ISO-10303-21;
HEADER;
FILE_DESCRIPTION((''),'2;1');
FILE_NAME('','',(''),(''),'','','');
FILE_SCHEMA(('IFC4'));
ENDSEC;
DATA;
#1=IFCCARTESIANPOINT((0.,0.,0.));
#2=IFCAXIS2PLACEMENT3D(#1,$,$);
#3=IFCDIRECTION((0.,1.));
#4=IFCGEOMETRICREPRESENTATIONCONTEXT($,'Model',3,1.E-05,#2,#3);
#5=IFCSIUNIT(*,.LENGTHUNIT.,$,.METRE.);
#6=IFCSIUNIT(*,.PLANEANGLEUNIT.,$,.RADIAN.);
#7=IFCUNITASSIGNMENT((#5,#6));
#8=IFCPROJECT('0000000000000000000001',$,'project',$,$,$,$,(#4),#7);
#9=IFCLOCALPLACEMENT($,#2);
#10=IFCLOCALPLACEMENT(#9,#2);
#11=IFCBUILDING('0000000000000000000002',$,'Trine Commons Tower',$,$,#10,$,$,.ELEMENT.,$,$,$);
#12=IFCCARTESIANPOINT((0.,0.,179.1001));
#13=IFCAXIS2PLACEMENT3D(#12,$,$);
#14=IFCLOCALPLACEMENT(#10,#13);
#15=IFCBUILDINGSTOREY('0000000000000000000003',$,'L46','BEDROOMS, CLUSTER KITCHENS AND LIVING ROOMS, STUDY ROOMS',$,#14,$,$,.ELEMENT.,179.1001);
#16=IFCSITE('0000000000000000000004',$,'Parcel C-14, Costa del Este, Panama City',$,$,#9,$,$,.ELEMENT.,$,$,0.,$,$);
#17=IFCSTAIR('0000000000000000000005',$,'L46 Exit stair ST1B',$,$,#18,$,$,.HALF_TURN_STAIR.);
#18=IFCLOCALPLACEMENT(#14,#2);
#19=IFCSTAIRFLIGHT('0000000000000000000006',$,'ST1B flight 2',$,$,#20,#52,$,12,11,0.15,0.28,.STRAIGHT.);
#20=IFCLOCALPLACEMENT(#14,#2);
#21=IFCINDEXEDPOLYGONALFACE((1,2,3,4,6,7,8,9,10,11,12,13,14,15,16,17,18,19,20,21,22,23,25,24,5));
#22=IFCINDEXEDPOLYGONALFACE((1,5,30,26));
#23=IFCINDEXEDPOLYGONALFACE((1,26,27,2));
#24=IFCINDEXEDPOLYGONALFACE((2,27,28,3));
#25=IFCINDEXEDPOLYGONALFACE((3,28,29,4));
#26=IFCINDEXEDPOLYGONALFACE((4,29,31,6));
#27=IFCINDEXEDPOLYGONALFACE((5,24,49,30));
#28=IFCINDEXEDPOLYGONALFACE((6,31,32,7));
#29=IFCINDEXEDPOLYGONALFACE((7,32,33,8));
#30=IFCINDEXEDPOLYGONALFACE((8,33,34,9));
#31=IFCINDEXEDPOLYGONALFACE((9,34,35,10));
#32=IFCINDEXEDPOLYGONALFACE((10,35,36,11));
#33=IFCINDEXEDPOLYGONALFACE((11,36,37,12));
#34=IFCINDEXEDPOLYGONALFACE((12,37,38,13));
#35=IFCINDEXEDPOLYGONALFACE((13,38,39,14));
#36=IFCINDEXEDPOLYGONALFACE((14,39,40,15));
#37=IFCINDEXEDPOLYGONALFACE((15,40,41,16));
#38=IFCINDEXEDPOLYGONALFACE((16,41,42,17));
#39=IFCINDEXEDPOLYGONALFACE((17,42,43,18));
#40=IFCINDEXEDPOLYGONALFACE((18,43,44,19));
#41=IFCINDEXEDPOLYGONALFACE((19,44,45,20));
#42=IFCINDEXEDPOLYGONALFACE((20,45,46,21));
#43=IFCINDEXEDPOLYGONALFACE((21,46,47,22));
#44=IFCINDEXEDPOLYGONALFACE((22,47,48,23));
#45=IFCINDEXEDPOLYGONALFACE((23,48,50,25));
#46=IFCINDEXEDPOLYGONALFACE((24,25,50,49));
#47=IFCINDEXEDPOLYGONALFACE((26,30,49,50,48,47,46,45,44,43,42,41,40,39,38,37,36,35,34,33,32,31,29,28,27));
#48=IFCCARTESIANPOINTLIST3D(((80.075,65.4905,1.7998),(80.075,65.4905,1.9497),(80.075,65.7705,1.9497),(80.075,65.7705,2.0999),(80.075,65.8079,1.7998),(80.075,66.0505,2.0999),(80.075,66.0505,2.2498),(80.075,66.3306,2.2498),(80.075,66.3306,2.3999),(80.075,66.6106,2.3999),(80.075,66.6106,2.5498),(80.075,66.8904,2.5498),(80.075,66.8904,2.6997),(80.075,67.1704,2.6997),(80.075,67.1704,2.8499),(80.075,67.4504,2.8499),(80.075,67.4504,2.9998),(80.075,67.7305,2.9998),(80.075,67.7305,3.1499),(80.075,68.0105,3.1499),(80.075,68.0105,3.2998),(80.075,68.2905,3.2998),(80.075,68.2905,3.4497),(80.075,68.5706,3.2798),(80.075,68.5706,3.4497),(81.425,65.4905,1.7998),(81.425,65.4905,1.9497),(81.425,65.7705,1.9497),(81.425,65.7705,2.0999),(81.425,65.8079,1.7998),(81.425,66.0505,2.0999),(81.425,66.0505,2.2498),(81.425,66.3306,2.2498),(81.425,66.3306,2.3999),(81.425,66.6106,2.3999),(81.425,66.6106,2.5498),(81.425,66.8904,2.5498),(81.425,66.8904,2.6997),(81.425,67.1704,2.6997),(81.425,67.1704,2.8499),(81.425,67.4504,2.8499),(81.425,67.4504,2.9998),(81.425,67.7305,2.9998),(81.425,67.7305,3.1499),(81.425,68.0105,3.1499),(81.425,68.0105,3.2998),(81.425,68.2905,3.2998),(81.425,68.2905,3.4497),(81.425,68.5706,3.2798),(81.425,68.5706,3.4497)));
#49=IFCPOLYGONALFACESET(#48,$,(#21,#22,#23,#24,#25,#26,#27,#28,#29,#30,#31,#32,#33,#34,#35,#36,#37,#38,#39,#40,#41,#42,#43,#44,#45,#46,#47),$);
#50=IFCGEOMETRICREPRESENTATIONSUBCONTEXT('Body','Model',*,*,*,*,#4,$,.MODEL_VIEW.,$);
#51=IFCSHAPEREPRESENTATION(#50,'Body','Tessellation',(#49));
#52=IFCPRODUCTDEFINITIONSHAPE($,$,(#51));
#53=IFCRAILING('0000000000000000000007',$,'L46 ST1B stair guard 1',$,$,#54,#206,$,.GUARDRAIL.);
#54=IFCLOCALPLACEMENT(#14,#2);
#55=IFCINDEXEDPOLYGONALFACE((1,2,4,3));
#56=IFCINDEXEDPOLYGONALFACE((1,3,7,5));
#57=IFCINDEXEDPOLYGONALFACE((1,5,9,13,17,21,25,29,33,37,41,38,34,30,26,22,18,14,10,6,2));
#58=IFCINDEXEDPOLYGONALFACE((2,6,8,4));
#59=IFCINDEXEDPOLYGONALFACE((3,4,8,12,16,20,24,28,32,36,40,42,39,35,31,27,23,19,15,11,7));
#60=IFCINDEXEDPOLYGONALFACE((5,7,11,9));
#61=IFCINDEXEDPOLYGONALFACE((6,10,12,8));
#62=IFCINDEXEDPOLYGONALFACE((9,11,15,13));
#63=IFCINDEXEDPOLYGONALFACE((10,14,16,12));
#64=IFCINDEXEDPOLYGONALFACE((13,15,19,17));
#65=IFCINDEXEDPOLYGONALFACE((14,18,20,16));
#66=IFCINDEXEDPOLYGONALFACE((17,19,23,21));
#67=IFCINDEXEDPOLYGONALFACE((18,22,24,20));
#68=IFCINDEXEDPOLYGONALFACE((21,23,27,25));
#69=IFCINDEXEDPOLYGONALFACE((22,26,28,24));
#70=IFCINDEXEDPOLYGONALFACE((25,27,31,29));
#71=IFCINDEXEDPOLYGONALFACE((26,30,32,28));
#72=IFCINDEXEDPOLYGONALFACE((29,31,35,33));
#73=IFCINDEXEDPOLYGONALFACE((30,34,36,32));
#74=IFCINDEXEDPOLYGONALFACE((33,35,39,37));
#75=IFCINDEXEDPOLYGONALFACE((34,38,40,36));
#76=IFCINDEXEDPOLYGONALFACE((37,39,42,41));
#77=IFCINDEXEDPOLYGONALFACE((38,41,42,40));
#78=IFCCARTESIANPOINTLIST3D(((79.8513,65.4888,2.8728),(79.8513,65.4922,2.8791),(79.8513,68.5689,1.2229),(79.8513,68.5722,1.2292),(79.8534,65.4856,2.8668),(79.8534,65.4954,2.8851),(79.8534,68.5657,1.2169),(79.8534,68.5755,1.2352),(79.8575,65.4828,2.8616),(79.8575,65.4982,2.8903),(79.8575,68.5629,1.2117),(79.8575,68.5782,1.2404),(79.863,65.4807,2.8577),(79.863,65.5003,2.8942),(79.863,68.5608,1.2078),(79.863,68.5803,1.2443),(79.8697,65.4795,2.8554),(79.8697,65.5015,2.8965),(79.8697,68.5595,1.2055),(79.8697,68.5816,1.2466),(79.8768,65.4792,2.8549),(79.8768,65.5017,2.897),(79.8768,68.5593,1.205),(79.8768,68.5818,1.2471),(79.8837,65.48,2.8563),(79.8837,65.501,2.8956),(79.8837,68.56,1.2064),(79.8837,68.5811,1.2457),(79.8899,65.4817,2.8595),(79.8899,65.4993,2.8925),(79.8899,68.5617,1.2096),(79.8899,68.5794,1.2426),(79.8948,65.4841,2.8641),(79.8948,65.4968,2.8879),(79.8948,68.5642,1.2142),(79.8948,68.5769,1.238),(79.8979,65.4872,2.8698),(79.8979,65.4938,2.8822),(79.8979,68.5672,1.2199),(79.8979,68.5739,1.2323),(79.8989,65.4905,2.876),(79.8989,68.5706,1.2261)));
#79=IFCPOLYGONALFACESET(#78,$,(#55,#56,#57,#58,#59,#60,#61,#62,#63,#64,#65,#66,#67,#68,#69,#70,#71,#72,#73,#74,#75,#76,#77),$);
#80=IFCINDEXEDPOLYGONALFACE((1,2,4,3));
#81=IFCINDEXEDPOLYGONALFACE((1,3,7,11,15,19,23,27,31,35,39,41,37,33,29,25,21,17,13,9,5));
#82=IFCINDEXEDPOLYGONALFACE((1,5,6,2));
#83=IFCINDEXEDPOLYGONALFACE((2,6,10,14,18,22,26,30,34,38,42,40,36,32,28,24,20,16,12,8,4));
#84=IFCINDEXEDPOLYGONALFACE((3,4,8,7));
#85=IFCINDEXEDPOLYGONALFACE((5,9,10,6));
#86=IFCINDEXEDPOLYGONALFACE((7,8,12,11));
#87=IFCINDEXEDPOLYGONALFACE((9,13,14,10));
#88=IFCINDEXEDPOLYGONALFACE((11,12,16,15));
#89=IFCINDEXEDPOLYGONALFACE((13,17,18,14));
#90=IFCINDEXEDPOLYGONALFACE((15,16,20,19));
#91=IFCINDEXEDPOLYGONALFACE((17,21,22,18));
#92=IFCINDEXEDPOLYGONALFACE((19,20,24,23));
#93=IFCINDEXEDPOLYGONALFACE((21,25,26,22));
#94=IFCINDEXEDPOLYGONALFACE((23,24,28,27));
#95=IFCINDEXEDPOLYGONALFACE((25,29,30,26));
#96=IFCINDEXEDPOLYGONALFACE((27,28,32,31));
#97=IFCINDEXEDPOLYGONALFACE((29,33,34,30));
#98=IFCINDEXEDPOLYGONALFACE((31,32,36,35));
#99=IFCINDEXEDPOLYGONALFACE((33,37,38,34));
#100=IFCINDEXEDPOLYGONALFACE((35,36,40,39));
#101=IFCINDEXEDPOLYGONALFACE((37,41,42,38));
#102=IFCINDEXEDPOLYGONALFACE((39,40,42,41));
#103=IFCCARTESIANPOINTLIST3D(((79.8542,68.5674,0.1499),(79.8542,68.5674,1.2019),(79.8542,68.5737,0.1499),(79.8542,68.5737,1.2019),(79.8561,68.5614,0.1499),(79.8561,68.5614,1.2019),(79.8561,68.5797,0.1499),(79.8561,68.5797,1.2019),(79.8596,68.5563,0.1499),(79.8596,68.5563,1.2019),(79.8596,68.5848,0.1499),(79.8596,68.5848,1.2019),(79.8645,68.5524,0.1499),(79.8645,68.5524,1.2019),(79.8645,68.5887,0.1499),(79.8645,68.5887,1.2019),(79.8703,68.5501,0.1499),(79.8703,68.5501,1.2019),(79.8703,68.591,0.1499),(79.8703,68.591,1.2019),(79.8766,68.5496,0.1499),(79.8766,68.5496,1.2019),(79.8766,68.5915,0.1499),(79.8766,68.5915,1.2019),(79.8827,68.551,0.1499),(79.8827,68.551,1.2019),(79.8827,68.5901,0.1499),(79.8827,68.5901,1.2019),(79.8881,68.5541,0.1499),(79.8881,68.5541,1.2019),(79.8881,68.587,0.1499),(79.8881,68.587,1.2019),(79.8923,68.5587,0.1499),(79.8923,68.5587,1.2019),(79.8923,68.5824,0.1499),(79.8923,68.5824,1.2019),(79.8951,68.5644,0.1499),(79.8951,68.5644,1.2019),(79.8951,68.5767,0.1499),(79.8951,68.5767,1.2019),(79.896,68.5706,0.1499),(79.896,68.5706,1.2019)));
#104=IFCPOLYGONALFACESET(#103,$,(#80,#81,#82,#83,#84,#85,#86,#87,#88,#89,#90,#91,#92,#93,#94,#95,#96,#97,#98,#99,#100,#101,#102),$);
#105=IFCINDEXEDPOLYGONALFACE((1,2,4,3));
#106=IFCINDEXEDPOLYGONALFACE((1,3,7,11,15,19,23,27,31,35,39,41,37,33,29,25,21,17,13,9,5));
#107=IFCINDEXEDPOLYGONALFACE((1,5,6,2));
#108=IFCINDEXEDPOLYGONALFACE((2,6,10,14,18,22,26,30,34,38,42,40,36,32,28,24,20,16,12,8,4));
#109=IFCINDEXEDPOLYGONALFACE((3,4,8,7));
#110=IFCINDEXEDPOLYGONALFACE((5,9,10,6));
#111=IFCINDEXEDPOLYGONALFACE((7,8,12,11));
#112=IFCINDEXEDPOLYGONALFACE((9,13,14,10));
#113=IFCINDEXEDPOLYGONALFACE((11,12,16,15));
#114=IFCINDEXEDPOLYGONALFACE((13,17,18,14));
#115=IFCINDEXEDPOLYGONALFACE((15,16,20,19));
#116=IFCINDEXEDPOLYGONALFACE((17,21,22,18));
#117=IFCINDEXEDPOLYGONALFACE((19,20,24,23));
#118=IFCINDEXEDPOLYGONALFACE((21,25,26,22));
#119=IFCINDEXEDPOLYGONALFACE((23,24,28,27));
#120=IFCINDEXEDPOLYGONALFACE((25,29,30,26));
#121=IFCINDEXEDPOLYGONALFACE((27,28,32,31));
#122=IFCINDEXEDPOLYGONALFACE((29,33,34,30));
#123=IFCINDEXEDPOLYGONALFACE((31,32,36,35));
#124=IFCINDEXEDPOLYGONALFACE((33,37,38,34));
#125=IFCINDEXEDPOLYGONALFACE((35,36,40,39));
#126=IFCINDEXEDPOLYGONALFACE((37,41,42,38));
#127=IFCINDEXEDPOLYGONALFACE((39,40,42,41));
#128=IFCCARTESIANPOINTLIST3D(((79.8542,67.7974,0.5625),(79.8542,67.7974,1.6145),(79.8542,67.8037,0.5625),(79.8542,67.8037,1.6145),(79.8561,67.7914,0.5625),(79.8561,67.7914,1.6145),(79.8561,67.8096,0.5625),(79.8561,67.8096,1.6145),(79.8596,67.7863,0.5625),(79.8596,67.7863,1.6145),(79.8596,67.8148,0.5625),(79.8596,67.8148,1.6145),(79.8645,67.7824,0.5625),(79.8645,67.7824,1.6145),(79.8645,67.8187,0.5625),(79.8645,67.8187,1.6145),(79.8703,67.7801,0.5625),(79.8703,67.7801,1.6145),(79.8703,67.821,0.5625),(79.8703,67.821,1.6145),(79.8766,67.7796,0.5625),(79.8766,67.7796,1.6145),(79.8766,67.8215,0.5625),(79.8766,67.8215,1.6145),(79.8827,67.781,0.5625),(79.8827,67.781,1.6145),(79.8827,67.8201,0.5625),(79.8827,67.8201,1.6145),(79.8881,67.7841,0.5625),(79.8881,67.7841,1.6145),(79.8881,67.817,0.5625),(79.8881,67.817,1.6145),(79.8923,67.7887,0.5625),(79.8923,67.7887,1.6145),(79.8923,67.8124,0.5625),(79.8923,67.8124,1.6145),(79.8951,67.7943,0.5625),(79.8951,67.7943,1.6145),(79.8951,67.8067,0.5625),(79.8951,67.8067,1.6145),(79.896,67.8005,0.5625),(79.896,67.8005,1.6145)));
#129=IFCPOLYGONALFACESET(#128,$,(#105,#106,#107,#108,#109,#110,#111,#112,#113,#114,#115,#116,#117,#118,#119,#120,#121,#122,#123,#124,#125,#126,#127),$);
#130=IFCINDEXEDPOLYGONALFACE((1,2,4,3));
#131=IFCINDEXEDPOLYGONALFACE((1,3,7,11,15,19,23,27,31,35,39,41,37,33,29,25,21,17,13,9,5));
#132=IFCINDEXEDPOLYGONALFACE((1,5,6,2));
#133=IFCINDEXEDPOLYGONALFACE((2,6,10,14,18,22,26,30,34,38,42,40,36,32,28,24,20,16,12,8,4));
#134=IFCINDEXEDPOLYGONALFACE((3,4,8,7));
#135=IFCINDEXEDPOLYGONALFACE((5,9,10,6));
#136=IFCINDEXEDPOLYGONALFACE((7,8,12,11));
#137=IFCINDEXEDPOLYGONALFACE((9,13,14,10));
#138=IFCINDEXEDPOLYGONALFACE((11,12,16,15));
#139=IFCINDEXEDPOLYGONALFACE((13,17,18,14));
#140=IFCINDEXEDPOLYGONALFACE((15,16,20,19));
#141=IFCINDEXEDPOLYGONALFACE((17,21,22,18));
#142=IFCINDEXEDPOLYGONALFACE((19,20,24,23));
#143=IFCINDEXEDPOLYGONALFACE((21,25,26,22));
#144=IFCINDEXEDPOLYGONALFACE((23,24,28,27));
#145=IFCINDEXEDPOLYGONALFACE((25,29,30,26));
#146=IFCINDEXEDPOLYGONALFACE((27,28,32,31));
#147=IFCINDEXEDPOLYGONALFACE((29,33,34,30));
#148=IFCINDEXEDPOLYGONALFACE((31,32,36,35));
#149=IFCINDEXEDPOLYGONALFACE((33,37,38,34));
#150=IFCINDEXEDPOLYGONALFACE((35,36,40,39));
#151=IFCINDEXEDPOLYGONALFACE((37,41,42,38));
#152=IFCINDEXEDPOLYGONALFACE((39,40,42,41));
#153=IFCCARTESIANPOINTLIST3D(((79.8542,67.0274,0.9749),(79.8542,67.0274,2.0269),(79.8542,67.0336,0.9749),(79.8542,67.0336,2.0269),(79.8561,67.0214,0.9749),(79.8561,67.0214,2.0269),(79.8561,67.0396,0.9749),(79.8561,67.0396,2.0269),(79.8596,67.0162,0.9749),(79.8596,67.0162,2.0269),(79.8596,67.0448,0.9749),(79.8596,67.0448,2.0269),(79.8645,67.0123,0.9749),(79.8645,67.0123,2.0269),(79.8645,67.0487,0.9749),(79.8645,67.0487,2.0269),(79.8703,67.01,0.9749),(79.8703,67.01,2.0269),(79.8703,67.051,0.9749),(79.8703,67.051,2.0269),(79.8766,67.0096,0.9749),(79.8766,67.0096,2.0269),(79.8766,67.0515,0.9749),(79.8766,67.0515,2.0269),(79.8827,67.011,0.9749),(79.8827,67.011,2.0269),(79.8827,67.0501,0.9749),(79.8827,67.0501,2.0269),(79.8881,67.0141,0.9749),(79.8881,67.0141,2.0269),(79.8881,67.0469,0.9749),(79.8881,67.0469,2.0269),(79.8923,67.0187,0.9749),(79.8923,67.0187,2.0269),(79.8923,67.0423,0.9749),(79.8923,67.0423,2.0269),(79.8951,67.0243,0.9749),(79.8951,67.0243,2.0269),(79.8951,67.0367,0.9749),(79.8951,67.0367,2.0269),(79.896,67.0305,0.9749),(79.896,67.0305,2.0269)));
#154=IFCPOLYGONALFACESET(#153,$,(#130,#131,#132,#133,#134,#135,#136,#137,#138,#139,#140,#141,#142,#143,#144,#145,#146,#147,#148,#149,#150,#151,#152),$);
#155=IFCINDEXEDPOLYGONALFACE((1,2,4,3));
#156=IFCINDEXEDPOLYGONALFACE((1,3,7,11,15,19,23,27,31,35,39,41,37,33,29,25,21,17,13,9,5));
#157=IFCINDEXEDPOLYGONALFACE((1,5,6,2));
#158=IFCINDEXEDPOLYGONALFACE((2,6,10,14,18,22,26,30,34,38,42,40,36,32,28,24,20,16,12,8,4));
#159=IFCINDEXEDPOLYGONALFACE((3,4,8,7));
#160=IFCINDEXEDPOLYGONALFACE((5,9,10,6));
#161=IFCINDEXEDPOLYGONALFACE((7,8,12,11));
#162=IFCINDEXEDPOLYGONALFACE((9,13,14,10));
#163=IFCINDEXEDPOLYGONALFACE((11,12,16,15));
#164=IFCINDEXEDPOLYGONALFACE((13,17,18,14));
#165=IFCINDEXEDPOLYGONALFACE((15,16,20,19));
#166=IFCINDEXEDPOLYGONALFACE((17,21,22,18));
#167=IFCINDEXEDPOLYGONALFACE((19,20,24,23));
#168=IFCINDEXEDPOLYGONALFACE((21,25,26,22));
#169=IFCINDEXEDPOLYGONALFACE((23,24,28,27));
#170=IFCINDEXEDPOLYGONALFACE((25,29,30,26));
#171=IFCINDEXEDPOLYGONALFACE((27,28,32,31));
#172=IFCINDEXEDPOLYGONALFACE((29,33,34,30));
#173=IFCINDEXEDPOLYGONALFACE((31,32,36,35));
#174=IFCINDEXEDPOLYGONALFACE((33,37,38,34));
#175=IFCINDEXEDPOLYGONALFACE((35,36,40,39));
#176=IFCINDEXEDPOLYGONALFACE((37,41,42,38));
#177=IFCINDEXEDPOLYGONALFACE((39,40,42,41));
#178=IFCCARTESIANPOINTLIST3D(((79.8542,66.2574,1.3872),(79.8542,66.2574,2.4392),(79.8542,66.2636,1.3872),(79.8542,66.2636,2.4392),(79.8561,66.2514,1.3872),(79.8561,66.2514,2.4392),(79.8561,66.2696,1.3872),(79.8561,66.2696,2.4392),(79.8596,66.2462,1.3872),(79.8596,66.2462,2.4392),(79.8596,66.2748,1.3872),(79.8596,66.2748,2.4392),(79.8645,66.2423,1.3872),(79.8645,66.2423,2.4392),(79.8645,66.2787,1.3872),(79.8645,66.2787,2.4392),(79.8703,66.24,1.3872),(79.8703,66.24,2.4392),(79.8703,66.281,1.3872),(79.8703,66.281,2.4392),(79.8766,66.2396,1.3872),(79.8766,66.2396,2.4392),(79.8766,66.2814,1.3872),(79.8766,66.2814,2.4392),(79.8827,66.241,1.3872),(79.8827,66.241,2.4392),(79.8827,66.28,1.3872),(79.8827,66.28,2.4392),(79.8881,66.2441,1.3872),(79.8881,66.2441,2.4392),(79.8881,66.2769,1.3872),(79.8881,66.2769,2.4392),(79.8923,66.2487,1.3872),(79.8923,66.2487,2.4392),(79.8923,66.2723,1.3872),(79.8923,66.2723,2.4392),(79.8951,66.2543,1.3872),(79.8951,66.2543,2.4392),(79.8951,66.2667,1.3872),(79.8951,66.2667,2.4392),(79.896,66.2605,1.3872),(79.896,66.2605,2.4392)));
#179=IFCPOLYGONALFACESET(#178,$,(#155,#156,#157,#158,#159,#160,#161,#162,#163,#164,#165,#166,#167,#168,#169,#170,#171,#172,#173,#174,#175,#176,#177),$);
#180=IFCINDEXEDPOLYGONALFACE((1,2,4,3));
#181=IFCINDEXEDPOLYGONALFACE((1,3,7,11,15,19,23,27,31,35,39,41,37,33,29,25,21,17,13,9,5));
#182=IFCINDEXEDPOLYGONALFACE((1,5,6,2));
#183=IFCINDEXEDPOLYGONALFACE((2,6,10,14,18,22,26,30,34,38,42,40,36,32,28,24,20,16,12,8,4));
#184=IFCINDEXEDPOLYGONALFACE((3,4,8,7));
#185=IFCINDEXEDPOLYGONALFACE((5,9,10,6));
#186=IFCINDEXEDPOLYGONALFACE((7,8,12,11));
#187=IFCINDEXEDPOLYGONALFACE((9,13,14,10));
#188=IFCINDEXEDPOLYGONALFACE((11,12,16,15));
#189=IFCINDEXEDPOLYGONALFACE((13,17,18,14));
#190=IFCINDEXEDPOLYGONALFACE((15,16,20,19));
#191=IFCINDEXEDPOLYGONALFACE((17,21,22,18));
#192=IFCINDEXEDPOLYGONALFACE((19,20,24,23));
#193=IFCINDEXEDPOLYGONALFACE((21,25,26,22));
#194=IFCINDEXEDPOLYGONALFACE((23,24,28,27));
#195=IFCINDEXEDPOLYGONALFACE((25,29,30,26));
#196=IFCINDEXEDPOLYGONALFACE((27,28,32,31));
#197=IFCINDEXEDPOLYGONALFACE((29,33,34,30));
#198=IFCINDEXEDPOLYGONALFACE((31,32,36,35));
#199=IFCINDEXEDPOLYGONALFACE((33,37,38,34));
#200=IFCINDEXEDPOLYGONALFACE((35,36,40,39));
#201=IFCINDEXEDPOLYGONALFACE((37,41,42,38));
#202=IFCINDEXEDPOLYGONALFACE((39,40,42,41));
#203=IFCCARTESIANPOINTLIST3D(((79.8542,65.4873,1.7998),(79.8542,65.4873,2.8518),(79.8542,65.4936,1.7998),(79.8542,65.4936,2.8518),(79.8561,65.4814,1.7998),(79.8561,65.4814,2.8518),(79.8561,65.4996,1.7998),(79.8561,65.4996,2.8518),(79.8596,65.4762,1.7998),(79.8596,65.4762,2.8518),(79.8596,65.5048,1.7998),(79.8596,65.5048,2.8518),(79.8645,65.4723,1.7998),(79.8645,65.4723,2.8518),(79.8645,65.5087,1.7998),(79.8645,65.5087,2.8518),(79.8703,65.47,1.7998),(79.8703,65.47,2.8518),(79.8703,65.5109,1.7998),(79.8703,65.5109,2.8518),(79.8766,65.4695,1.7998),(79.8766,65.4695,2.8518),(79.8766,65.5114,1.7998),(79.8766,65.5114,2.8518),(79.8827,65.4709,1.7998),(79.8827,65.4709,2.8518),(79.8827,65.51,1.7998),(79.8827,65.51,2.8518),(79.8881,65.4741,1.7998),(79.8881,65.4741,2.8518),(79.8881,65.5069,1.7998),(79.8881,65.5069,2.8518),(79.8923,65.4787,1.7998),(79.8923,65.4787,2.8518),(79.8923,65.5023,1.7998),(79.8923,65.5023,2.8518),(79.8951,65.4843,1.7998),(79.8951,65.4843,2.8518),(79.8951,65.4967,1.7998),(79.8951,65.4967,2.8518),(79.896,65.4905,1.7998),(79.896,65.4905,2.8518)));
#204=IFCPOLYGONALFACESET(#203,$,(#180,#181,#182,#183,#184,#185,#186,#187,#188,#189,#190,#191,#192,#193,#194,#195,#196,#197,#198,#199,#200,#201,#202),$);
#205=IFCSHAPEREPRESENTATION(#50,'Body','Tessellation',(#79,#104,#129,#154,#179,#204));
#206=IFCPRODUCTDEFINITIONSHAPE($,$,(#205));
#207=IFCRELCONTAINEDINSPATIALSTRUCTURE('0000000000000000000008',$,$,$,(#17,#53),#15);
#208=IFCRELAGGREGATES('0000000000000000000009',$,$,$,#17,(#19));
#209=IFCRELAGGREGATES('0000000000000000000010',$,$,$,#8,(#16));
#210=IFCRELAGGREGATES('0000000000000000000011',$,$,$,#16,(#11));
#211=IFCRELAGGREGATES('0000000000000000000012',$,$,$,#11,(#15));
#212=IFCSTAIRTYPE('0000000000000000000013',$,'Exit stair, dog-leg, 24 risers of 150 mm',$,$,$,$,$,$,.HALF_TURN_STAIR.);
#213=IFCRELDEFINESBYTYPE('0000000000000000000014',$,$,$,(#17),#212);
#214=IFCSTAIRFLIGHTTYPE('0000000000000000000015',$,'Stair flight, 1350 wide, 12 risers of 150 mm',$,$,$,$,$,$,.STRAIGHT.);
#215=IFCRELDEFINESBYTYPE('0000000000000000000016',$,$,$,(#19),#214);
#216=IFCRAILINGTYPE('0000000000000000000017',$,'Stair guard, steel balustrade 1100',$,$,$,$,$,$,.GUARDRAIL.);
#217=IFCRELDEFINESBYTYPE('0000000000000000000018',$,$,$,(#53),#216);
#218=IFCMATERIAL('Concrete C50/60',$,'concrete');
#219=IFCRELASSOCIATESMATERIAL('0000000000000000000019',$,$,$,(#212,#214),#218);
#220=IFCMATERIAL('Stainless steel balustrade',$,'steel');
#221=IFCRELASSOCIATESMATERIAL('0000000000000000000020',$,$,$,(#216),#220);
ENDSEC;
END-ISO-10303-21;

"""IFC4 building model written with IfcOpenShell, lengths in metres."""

from ifc_helpers import new_model, si_unit, direction, frame, origin, origin_2d, place, context, subcontext, project, spatial, polyline, circle, outline, extrude, material, type_object, element, aggregate, save


model = new_model("IFC4")

# Units and contexts
model_context = context("Model", 3, precision=1e-05, world=origin(), true_north=direction((0.0, 1.0)))
body_context = subcontext(model_context, "Body", "Model", "MODEL_VIEW")
ifc_project = project(units=[si_unit("LENGTHUNIT", "METRE"), si_unit("PLANEANGLEUNIT", "RADIAN")], contexts=[model_context])

# Site, building, storey
site_placement = place(None, origin())
site = spatial("IfcSite", under=ifc_project, at=site_placement, Name="Parcel C-14, Costa del Este, Panama City", CompositionType="ELEMENT", RefElevation=0.0)
building_placement = place(site_placement, origin())
building = spatial("IfcBuilding", under=site, at=building_placement, Name="Trine Commons Tower", CompositionType="ELEMENT")
storey_placement = place(building_placement, frame((0.0, 0.0, 179.1001)))
storey = spatial("IfcBuildingStorey", under=building, at=storey_placement, Name="L46", Description="BEDROOMS, CLUSTER KITCHENS AND LIVING ROOMS, STUDY ROOMS", CompositionType="ELEMENT", Elevation=179.1001)

# Stair, stair flight
ifc_material_1 = material(Name="Concrete C50/60", Category="concrete")
stair_type = type_object("IfcStairType", Name="Exit stair, dog-leg, 24 risers of 150 mm", PredefinedType="HALF_TURN_STAIR", material=ifc_material_1)
stair_placement = place(storey_placement, origin())
stair = element("IfcStair", 1, at=stair_placement, inside=storey, type_object=stair_type, Name="L46 Exit stair ST1B", PredefinedType="HALF_TURN_STAIR")
stair_flight_type = type_object("IfcStairFlightType", Name="Stair flight, 1350 wide, 12 risers of 150 mm", PredefinedType="STRAIGHT", material=ifc_material_1)
stair_flight_placement = place(storey_placement, frame((80.75, 65.4905, 1.7998), z_axis=(0.0, 0.0, 1.0), x_axis=(0.0, 1.0, 0.0)))
stair_flight = element("IfcStairFlight", 2, at=stair_flight_placement, type_object=stair_flight_type, Name="ST1B flight 2", NumberOfRisers=12, NumberOfTreads=11, PredefinedType="STRAIGHT", RiserHeight=0.15, TreadLength=0.28, context=body_context, shape_type="SweptSolid", body=[
    extrude(outline(polyline([(0.0, 0.0), (0.0, 0.1499), (0.28, 0.1499), (0.28, 0.3), (0.5601, 0.3), (0.5601, 0.45), (0.8401, 0.45), (0.8401, 0.6001), (1.1201, 0.6001), (1.1201, 0.75), (1.3999, 0.75), (1.3999, 0.8999), (1.6799, 0.8999), (1.6799, 1.05), (1.96, 1.05), (1.96, 1.2), (2.24, 1.2), (2.24, 1.3501), (2.52, 1.3501), (2.52, 1.5), (2.8, 1.5), (2.8, 1.6499), (3.0801, 1.6499), (3.0801, 1.8), (3.0801, 1.48), (0.3174, 0.0), (0.0, 0.0)])), frame((0.0, 0.675, 0.0), z_axis=(0.0, -1.0, 0.0), x_axis=(1.0, 0.0, 0.0)), (0.0, 0.0, 1.0), 1.3501),
])
aggregate(stair, [stair_flight])

# Railing
ifc_material_2 = material(Name="Stainless steel balustrade", Category="steel")
railing_type_1 = type_object("IfcRailingType", Name="Stair guard, steel balustrade 1100", PredefinedType="GUARDRAIL", material=ifc_material_2)
railing_1_placement = place(storey_placement, frame((79.875, 68.5706, 0.1499)))
element("IfcRailing", 3, at=railing_1_placement, inside=storey, type_object=railing_type_1, Name="L46 ST1B stair guard 1", PredefinedType="GUARDRAIL", context=body_context, shape_type="SweptSolid", body=[
    extrude(circle(Radius=0.0239, at=origin_2d()), frame((0.0, 0.0, 1.0762), z_axis=(0.0, -0.881497, 0.47219), x_axis=(1.0, 0.0, 0.0)), (0.0, 0.0, 1.0), 3.4941),
    extrude(circle(Radius=0.021, at=origin_2d()), origin(), (0.0, 0.0, 1.0), 1.052),
    extrude(circle(Radius=0.021, at=origin_2d()), frame((0.0, -0.77, 0.4126)), (0.0, 0.0, 1.0), 1.052),
    extrude(circle(Radius=0.021, at=origin_2d()), frame((0.0, -1.54, 0.825)), (0.0, 0.0, 1.0), 1.052),
    extrude(circle(Radius=0.021, at=origin_2d()), frame((0.0, -2.3101, 1.2373)), (0.0, 0.0, 1.0), 1.052),
    extrude(circle(Radius=0.021, at=origin_2d()), frame((0.0, -3.0801, 1.6499)), (0.0, 0.0, 1.0), 1.052),
])

save(model, "model.ifc")
